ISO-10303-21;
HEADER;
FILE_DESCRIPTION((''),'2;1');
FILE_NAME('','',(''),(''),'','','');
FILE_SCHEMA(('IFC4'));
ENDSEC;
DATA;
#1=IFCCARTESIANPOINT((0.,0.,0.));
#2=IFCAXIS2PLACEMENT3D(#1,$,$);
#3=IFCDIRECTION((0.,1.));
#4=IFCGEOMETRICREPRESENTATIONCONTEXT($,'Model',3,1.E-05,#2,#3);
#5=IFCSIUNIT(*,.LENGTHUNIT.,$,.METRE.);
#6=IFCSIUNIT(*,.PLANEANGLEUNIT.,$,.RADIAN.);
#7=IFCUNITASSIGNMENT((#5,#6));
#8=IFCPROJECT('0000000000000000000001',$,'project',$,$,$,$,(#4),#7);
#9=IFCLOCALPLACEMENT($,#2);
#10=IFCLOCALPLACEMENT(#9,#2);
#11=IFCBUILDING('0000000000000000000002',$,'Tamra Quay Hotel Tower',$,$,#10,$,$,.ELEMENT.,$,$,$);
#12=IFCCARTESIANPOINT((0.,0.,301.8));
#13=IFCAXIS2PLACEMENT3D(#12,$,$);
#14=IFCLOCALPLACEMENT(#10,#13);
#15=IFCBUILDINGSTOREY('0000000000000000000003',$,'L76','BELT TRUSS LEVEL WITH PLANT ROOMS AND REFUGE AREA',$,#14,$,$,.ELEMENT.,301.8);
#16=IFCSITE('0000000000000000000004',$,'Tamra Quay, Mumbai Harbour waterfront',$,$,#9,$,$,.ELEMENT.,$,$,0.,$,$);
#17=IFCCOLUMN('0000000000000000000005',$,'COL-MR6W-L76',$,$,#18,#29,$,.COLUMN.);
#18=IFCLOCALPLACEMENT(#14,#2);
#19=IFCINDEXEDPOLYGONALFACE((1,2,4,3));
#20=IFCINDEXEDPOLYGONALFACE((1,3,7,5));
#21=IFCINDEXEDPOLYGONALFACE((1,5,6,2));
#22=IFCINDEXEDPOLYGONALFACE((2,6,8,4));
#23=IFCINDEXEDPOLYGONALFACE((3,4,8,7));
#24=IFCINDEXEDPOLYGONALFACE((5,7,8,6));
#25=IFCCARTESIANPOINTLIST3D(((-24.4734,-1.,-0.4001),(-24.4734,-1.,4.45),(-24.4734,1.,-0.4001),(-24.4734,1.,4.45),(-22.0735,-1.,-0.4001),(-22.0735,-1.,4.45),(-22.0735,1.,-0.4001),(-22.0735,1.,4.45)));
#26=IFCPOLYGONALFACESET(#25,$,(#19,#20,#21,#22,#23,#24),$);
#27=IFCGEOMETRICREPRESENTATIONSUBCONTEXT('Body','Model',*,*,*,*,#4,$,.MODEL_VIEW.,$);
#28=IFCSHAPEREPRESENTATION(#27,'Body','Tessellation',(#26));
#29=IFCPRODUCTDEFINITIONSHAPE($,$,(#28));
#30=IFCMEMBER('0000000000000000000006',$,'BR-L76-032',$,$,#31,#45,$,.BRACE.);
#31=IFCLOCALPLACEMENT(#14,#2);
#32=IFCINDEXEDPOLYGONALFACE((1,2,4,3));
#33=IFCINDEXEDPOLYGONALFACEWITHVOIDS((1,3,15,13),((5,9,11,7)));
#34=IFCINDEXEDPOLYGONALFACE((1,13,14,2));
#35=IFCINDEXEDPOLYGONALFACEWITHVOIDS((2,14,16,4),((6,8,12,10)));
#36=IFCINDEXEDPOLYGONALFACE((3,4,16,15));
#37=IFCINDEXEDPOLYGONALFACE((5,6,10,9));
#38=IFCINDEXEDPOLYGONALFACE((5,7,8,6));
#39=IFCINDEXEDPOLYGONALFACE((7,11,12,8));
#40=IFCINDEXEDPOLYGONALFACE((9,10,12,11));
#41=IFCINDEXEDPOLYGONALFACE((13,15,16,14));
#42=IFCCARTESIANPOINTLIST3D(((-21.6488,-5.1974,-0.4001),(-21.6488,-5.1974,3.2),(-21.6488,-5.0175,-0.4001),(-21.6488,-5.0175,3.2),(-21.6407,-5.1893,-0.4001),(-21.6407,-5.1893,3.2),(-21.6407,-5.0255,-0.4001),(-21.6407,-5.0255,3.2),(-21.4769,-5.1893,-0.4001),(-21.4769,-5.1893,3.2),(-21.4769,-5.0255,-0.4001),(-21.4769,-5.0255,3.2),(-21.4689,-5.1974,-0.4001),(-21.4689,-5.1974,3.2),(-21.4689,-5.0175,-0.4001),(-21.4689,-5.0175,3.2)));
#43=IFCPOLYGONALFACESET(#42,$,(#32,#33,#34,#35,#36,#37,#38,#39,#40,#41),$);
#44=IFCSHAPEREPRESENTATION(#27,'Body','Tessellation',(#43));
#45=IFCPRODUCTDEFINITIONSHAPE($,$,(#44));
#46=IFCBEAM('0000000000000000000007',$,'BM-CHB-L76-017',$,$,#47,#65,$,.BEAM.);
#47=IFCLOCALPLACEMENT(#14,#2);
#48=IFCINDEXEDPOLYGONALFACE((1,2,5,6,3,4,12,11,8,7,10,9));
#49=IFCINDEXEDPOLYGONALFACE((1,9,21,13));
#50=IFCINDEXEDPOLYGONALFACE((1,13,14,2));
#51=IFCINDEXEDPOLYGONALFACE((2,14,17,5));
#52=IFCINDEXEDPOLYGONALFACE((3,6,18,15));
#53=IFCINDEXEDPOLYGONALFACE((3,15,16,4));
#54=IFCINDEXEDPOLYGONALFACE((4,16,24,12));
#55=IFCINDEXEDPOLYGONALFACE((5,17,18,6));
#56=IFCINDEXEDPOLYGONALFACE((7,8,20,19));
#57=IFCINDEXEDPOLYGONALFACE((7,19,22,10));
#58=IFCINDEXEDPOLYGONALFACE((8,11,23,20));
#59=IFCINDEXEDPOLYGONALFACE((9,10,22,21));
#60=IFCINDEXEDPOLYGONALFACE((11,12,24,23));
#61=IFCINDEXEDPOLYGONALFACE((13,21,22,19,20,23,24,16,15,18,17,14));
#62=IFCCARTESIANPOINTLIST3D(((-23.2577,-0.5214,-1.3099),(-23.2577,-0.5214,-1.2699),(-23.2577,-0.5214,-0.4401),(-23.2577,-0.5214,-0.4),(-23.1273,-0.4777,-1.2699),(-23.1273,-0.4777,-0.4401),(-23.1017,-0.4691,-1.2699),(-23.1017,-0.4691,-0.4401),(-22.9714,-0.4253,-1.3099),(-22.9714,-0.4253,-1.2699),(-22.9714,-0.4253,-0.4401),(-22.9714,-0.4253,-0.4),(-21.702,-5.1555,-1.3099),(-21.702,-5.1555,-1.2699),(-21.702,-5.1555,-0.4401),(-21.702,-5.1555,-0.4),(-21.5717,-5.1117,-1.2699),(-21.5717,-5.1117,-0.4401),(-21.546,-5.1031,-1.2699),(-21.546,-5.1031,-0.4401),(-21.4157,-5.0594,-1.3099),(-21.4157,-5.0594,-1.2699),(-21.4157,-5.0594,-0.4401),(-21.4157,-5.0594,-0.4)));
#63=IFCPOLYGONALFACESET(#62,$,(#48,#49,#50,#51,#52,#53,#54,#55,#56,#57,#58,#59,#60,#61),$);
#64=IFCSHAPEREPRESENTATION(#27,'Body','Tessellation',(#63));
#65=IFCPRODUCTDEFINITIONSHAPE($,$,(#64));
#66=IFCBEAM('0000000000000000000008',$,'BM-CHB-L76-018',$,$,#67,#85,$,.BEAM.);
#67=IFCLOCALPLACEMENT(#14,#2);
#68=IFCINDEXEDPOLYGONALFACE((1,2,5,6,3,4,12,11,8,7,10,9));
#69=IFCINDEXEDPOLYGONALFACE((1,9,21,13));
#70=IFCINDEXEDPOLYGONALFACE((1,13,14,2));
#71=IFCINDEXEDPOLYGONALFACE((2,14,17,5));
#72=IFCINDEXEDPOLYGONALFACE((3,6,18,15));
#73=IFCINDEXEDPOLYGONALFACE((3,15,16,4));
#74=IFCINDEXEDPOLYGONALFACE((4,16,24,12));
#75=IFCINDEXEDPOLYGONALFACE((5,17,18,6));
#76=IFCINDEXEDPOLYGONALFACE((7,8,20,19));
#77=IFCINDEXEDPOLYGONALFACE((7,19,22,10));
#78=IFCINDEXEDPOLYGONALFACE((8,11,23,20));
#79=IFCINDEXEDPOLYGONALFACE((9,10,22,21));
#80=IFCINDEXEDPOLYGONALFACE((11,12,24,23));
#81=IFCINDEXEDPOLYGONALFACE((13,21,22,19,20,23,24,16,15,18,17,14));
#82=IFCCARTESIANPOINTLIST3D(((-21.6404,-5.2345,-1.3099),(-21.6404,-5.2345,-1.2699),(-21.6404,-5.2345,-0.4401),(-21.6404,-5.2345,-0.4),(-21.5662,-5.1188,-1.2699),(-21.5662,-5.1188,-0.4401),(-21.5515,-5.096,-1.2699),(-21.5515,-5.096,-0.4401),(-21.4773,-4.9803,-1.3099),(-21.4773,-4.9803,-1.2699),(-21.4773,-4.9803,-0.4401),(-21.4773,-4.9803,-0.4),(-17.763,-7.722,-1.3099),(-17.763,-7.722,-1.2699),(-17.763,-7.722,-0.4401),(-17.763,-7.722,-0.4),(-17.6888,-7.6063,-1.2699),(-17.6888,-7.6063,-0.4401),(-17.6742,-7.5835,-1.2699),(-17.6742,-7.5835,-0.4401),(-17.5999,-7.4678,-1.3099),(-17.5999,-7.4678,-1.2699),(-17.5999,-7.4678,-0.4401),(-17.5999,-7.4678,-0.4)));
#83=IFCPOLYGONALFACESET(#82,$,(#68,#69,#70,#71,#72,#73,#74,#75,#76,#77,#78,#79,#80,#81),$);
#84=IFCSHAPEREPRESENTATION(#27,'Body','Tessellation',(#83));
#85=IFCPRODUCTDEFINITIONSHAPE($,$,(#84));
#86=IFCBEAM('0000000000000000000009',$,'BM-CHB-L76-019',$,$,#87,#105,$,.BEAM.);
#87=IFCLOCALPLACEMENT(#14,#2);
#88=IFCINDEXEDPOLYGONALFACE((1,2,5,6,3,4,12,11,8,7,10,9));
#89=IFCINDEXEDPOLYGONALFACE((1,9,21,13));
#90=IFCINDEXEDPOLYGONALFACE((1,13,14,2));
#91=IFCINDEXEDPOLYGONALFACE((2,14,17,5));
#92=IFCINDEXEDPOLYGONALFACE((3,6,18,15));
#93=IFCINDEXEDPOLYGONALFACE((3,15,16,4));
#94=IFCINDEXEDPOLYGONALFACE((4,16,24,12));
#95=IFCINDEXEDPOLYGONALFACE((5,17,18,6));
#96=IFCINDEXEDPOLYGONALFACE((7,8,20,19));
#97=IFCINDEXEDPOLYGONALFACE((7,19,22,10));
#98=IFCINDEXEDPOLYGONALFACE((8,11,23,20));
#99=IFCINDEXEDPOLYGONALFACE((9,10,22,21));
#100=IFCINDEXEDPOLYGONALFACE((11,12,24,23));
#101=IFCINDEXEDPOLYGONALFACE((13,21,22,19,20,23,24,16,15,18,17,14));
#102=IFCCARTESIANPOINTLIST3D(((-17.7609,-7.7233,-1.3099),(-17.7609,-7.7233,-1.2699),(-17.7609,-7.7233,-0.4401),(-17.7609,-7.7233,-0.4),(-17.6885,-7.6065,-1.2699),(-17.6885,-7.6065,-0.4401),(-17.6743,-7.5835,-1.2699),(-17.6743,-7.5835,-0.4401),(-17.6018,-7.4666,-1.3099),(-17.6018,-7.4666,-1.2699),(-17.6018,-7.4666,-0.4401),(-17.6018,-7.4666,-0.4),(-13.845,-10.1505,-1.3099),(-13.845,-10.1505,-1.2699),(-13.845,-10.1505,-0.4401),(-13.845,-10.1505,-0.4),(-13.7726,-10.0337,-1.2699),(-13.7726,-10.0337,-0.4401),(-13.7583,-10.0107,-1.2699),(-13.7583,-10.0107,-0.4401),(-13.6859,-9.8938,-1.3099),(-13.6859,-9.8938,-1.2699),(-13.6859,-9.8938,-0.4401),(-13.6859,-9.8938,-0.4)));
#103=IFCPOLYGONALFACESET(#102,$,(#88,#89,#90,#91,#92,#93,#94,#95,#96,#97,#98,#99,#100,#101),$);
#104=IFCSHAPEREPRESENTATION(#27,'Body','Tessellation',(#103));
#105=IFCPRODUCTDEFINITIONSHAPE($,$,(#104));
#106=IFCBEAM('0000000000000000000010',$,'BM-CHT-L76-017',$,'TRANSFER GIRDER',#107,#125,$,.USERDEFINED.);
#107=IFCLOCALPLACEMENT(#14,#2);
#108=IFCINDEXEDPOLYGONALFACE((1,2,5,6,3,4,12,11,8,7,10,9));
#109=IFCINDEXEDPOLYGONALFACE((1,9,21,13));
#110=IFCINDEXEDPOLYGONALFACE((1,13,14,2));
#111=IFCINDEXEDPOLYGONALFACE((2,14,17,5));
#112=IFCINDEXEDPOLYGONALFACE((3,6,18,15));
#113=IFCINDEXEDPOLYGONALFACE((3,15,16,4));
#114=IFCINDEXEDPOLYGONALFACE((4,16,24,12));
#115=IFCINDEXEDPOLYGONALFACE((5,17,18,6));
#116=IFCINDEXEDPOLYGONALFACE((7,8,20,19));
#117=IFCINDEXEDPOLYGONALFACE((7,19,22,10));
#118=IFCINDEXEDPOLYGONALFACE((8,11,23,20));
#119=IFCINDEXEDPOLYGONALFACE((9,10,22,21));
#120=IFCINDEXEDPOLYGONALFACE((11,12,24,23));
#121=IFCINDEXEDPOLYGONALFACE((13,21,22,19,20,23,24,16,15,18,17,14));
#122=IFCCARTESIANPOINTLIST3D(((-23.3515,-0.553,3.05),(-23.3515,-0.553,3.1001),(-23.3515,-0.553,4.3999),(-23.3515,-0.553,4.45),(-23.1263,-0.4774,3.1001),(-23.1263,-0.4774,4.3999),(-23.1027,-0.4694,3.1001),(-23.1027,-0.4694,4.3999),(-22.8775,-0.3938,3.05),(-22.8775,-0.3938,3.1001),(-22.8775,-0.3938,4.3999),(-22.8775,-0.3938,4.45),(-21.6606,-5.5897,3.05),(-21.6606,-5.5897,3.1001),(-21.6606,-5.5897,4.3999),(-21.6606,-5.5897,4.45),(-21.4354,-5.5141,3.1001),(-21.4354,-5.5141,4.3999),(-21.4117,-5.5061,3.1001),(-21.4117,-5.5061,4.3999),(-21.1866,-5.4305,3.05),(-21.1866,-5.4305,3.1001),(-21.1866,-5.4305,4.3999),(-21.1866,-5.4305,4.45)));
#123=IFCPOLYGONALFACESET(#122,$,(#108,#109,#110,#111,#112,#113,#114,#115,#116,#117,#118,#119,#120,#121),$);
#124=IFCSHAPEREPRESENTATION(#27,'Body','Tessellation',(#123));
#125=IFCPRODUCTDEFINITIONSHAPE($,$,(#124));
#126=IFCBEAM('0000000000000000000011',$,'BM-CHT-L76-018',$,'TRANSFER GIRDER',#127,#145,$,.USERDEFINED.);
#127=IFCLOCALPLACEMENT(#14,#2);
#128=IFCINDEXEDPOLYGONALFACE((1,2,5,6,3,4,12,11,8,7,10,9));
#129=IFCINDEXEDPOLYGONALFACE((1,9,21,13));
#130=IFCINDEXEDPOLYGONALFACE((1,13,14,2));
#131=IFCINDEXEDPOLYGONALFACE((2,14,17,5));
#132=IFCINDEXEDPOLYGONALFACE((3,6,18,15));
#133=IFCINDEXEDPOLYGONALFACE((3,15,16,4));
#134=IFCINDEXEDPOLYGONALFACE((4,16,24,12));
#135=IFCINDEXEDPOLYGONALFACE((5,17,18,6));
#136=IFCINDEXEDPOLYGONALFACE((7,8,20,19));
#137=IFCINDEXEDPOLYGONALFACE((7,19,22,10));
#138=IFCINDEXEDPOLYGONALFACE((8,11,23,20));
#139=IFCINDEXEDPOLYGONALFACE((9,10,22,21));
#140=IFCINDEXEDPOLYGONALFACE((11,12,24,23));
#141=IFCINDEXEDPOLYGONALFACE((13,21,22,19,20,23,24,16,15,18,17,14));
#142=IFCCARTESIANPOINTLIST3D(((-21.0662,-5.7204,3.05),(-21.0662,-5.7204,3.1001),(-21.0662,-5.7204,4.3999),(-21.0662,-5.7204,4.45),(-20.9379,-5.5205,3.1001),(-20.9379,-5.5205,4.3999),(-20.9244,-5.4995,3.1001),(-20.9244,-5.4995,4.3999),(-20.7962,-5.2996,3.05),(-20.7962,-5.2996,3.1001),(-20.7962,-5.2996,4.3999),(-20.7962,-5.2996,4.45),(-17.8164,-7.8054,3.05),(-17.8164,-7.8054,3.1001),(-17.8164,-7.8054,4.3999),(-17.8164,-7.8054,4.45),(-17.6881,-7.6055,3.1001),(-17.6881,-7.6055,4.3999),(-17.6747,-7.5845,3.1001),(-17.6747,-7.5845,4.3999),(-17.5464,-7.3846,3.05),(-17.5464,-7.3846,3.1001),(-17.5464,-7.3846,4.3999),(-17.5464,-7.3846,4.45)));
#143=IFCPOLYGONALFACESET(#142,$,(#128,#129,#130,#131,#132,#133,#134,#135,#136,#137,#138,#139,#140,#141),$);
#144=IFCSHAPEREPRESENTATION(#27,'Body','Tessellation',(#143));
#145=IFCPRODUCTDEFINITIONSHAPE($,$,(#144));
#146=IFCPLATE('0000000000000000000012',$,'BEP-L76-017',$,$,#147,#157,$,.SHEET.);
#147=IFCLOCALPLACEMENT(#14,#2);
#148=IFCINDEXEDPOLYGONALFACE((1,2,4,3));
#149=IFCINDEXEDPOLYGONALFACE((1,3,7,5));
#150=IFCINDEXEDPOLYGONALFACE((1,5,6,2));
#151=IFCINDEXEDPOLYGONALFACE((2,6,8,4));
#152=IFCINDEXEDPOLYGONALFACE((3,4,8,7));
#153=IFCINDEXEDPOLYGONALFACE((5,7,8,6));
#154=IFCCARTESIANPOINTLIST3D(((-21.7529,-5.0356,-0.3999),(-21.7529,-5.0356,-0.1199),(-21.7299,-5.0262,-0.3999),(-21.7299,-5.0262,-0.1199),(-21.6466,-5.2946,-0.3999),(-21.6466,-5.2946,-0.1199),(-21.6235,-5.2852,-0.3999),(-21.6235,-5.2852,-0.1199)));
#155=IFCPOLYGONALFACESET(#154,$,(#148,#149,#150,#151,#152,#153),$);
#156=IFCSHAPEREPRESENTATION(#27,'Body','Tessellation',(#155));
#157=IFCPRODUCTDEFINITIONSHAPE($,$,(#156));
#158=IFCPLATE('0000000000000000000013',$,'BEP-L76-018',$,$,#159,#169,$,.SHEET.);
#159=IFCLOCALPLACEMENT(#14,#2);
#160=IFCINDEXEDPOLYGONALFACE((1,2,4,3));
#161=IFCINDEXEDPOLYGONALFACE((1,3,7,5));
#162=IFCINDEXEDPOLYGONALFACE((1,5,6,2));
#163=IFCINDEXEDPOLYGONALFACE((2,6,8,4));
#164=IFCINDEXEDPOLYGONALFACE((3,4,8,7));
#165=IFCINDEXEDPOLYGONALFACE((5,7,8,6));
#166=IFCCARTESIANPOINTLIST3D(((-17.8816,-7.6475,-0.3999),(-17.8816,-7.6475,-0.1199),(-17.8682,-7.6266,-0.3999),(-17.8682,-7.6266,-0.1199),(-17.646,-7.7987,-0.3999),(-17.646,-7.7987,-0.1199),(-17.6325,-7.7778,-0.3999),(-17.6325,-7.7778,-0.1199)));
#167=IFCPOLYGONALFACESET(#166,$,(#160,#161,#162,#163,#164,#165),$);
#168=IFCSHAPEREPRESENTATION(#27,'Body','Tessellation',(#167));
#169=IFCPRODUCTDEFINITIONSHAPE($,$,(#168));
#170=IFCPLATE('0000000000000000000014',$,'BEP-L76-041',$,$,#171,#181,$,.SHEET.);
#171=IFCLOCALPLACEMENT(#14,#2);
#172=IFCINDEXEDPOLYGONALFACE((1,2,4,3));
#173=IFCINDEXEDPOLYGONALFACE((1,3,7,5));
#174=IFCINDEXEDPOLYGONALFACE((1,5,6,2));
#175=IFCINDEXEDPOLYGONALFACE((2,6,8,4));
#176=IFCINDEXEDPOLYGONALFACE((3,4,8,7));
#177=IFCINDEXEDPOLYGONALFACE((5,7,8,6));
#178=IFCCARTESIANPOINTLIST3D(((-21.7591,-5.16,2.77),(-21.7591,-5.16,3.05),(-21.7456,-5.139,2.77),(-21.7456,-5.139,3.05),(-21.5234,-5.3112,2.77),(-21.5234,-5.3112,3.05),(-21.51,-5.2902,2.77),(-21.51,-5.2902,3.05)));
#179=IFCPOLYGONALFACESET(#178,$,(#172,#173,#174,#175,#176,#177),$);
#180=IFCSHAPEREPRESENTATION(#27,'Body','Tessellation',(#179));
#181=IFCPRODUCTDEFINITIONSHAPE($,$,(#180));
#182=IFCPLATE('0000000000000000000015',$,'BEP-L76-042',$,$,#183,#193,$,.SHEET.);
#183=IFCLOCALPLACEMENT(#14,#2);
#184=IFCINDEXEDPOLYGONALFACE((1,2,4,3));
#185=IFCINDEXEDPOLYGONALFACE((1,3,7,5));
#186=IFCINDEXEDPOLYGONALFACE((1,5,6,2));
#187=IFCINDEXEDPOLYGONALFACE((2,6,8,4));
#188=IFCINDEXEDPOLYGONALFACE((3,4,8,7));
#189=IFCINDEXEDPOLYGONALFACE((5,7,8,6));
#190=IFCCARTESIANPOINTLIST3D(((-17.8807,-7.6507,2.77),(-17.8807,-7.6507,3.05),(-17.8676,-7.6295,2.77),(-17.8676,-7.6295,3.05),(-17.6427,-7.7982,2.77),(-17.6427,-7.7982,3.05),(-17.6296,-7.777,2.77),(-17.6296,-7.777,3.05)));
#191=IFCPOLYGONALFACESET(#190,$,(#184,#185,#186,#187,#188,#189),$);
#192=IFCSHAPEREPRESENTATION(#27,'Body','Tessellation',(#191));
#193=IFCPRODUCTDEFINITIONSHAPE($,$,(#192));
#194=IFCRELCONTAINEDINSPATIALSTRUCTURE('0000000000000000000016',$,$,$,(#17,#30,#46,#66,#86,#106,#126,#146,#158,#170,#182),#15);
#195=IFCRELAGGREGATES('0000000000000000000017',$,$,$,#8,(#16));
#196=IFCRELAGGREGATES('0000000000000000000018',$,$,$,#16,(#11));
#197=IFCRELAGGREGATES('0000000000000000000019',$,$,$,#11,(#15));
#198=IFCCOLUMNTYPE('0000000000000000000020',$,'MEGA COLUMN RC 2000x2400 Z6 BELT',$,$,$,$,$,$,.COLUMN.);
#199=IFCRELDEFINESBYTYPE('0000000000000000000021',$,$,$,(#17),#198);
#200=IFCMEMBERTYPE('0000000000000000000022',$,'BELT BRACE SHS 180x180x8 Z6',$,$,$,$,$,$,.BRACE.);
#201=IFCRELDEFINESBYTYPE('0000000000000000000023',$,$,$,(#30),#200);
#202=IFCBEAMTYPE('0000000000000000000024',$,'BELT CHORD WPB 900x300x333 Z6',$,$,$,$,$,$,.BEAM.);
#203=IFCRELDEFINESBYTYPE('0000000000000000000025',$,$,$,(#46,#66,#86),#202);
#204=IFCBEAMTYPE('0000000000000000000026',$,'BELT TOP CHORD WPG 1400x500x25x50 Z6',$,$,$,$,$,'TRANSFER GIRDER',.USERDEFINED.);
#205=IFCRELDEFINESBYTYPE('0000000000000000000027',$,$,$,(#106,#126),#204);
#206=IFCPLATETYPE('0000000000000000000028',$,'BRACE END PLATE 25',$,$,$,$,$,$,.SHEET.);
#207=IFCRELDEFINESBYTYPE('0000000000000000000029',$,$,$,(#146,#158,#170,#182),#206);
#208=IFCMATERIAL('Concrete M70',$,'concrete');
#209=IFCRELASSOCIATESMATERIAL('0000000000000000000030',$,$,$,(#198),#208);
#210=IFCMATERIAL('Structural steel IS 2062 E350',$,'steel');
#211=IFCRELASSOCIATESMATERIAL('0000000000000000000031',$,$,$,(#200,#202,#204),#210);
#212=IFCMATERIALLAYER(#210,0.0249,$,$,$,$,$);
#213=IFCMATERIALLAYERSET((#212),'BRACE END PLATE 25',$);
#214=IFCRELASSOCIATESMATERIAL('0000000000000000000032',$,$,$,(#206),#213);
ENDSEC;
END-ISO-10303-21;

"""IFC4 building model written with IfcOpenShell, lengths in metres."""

from ifc_helpers import new_model, si_unit, direction, frame, origin, origin_2d, place, context, subcontext, project, spatial, rectangle, hollow_rectangle, i_section, extrude, material, layer, layer_set, material_profile, profile_set, type_object, element, save


model = new_model("IFC4")

# Units and contexts
model_context = context("Model", 3, precision=1e-05, world=origin(), true_north=direction((0.0, 1.0)))
body_context = subcontext(model_context, "Body", "Model", "MODEL_VIEW")
ifc_project = project(units=[si_unit("LENGTHUNIT", "METRE"), si_unit("PLANEANGLEUNIT", "RADIAN")], contexts=[model_context])

# Site, building, storey
site_placement = place(None, origin())
site = spatial("IfcSite", under=ifc_project, at=site_placement, Name="Tamra Quay, Mumbai Harbour waterfront", CompositionType="ELEMENT", RefElevation=0.0)
building_placement = place(site_placement, origin())
building = spatial("IfcBuilding", under=site, at=building_placement, Name="Tamra Quay Hotel Tower", CompositionType="ELEMENT")
storey_placement = place(building_placement, frame((0.0, 0.0, 301.8)))
storey = spatial("IfcBuildingStorey", under=building, at=storey_placement, Name="L76", Description="BELT TRUSS LEVEL WITH PLANT ROOMS AND REFUGE AREA", CompositionType="ELEMENT", Elevation=301.8)

# Column
ifc_material_1 = material(Name="Concrete M70", Category="concrete")
ifc_material_profile_1 = material_profile(ifc_material_1, rectangle(XDim=2.3999, YDim=2.0, at=origin_2d()), Name="MEGA COLUMN RC 2000x2400 Z6 BELT")
ifc_profile_set_1 = profile_set([ifc_material_profile_1], Name="Concrete M70")
column_type = type_object("IfcColumnType", Name="MEGA COLUMN RC 2000x2400 Z6 BELT", PredefinedType="COLUMN", material=ifc_profile_set_1)
column_placement = place(storey_placement, frame((-23.2734, 0.0, -0.4001), z_axis=(0.0, 0.0, 1.0), x_axis=(1.0, 0.0, 0.0)))
element("IfcColumn", 1, at=column_placement, inside=storey, type_object=column_type, Name="COL-MR6W-L76", PredefinedType="COLUMN", context=body_context, shape_type="SweptSolid", body=[
    extrude(rectangle(XDim=2.3999, YDim=2.0, at=origin_2d()), origin(), (0.0, 0.0, 1.0), 4.8501),
])

# Member
ifc_material_2 = material(Name="Structural steel IS 2062 E350", Category="steel")
ifc_material_profile_2 = material_profile(ifc_material_2, hollow_rectangle(XDim=0.1799, YDim=0.1799, WallThickness=0.0081, at=origin_2d()), Name="SHS 180x180x8")
ifc_profile_set_2 = profile_set([ifc_material_profile_2], Name="Structural steel IS 2062 E350")
member_type = type_object("IfcMemberType", Name="BELT BRACE SHS 180x180x8 Z6", PredefinedType="BRACE", material=ifc_profile_set_2)
member_placement = place(storey_placement, frame((-21.5588, -5.1074, -0.4001), z_axis=(0.0, 0.0, 1.0), x_axis=(1.0, 0.0, 0.0)))
element("IfcMember", 2, at=member_placement, inside=storey, type_object=member_type, Name="BR-L76-032", PredefinedType="BRACE", context=body_context, shape_type="SweptSolid", body=[
    extrude(hollow_rectangle(XDim=0.1799, YDim=0.1799, WallThickness=0.0081, at=origin_2d()), origin(), (0.0, 0.0, 1.0), 3.6001),
])

# Beams
ifc_material_profile_3 = material_profile(ifc_material_2, i_section(OverallWidth=0.302, OverallDepth=0.9099, WebThickness=0.0271, FlangeThickness=0.04, at=origin_2d()), Name="WPB 900x300x333")
ifc_profile_set_3 = profile_set([ifc_material_profile_3], Name="Structural steel IS 2062 E350")
beam_type_1 = type_object("IfcBeamType", Name="BELT CHORD WPB 900x300x333 Z6", PredefinedType="BEAM", material=ifc_profile_set_3)
beam_1_placement = place(storey_placement, frame((-23.1145, -0.4734, -0.855), z_axis=(0.31825, -0.948007, 0.0), x_axis=(0.948007, 0.31825, 0.0)))
element("IfcBeam", 3, at=beam_1_placement, inside=storey, type_object=beam_type_1, Name="BM-CHB-L76-017", PredefinedType="BEAM", context=body_context, shape_type="SweptSolid", body=[
    extrude(i_section(OverallWidth=0.302, OverallDepth=0.9099, WebThickness=0.0271, FlangeThickness=0.04, at=origin_2d()), origin(), (0.0, 0.0, 1.0), 4.8882),
])
beam_2_placement = place(storey_placement, frame((-21.5588, -5.1074, -0.855), z_axis=(0.841681, -0.539975, 0.0), x_axis=(0.539975, 0.841681, 0.0)))
element("IfcBeam", 4, at=beam_2_placement, inside=storey, type_object=beam_type_1, Name="BM-CHB-L76-018", PredefinedType="BEAM", context=body_context, shape_type="SweptSolid", body=[
    extrude(i_section(OverallWidth=0.302, OverallDepth=0.9099, WebThickness=0.0271, FlangeThickness=0.04, at=origin_2d()), origin(), (0.0, 0.0, 1.0), 4.6067),
])
beam_3_placement = place(storey_placement, frame((-17.6814, -7.595, -0.855), z_axis=(0.849969, -0.526832, 0.0), x_axis=(0.526832, 0.849969, 0.0)))
element("IfcBeam", 5, at=beam_3_placement, inside=storey, type_object=beam_type_1, Name="BM-CHB-L76-019", PredefinedType="BEAM", context=body_context, shape_type="SweptSolid", body=[
    extrude(i_section(OverallWidth=0.302, OverallDepth=0.9099, WebThickness=0.0271, FlangeThickness=0.04, at=origin_2d()), origin(), (0.0, 0.0, 1.0), 4.6072),
])
ifc_material_profile_4 = material_profile(ifc_material_2, i_section(OverallWidth=0.5, OverallDepth=1.3999, WebThickness=0.0249, FlangeThickness=0.05, at=origin_2d()), Name="WPG 1400x500x25x50")
ifc_profile_set_4 = profile_set([ifc_material_profile_4], Name="Structural steel IS 2062 E350")
beam_type_2 = type_object("IfcBeamType", Name="BELT TOP CHORD WPG 1400x500x25x50 Z6", ElementType="TRANSFER GIRDER", PredefinedType="USERDEFINED", material=ifc_profile_set_4)
beam_4_placement = place(storey_placement, frame((-23.1145, -0.4734, 3.75), z_axis=(0.318267, -0.948001, 0.0), x_axis=(0.948001, 0.318267, 0.0)))
element("IfcBeam", 6, at=beam_4_placement, inside=storey, type_object=beam_type_2, Name="BM-CHT-L76-017", ObjectType="TRANSFER GIRDER", PredefinedType="USERDEFINED", context=body_context, shape_type="SweptSolid", body=[
    extrude(i_section(OverallWidth=0.5, OverallDepth=1.3999, WebThickness=0.0249, FlangeThickness=0.05, at=origin_2d()), origin(), (0.0, 0.0, 1.0), 5.313),
])
beam_5_placement = place(storey_placement, frame((-20.9312, -5.51, 3.75), z_axis=(0.841669, -0.539994, 0.0), x_axis=(0.539994, 0.841669, 0.0)))
element("IfcBeam", 7, at=beam_5_placement, inside=storey, type_object=beam_type_2, Name="BM-CHT-L76-018", ObjectType="TRANSFER GIRDER", PredefinedType="USERDEFINED", context=body_context, shape_type="SweptSolid", body=[
    extrude(i_section(OverallWidth=0.5, OverallDepth=1.3999, WebThickness=0.0249, FlangeThickness=0.05, at=origin_2d()), origin(), (0.0, 0.0, 1.0), 3.8611),
])

# Plates
ifc_layer_1 = layer(ifc_material_2, 0.0249)
ifc_layer_set_1 = layer_set([ifc_layer_1], Name="BRACE END PLATE 25")
plate_type_1 = type_object("IfcPlateType", Name="BRACE END PLATE 25", PredefinedType="SHEET", material=ifc_layer_set_1)
for number, where, z_axis, x_axis, name in (
    (8, (-21.6882, -5.1604, -0.3999), (0.0, 0.0, 1.0), (0.925026, 0.379903, 0.0), "BEP-L76-017"),
    (9, (-17.7571, -7.7126, -0.3999), (0.0, 0.0, 1.0), (0.540002, 0.841663, 0.0), "BEP-L76-018"),
    (10, (-21.6345, -5.2251, 2.77), (0.0, 0.0, 1.0), (0.540002, 0.841663, 0.0), "BEP-L76-041"),
    (11, (-17.7551, -7.7139, 2.77), (0.0, 0.0, 1.0), (0.526807, 0.849985, 0.0), "BEP-L76-042"),
):
    element("IfcPlate", number, at=place(storey_placement, frame(where, z_axis=z_axis, x_axis=x_axis)), inside=storey, type_object=plate_type_1, Name=name, PredefinedType="SHEET", context=body_context, shape_type="SweptSolid", body=[
        extrude(rectangle(XDim=0.0249, YDim=0.28, at=origin_2d()), origin(), (0.0, 0.0, 1.0), 0.28),
    ])

save(model, "model.ifc")
